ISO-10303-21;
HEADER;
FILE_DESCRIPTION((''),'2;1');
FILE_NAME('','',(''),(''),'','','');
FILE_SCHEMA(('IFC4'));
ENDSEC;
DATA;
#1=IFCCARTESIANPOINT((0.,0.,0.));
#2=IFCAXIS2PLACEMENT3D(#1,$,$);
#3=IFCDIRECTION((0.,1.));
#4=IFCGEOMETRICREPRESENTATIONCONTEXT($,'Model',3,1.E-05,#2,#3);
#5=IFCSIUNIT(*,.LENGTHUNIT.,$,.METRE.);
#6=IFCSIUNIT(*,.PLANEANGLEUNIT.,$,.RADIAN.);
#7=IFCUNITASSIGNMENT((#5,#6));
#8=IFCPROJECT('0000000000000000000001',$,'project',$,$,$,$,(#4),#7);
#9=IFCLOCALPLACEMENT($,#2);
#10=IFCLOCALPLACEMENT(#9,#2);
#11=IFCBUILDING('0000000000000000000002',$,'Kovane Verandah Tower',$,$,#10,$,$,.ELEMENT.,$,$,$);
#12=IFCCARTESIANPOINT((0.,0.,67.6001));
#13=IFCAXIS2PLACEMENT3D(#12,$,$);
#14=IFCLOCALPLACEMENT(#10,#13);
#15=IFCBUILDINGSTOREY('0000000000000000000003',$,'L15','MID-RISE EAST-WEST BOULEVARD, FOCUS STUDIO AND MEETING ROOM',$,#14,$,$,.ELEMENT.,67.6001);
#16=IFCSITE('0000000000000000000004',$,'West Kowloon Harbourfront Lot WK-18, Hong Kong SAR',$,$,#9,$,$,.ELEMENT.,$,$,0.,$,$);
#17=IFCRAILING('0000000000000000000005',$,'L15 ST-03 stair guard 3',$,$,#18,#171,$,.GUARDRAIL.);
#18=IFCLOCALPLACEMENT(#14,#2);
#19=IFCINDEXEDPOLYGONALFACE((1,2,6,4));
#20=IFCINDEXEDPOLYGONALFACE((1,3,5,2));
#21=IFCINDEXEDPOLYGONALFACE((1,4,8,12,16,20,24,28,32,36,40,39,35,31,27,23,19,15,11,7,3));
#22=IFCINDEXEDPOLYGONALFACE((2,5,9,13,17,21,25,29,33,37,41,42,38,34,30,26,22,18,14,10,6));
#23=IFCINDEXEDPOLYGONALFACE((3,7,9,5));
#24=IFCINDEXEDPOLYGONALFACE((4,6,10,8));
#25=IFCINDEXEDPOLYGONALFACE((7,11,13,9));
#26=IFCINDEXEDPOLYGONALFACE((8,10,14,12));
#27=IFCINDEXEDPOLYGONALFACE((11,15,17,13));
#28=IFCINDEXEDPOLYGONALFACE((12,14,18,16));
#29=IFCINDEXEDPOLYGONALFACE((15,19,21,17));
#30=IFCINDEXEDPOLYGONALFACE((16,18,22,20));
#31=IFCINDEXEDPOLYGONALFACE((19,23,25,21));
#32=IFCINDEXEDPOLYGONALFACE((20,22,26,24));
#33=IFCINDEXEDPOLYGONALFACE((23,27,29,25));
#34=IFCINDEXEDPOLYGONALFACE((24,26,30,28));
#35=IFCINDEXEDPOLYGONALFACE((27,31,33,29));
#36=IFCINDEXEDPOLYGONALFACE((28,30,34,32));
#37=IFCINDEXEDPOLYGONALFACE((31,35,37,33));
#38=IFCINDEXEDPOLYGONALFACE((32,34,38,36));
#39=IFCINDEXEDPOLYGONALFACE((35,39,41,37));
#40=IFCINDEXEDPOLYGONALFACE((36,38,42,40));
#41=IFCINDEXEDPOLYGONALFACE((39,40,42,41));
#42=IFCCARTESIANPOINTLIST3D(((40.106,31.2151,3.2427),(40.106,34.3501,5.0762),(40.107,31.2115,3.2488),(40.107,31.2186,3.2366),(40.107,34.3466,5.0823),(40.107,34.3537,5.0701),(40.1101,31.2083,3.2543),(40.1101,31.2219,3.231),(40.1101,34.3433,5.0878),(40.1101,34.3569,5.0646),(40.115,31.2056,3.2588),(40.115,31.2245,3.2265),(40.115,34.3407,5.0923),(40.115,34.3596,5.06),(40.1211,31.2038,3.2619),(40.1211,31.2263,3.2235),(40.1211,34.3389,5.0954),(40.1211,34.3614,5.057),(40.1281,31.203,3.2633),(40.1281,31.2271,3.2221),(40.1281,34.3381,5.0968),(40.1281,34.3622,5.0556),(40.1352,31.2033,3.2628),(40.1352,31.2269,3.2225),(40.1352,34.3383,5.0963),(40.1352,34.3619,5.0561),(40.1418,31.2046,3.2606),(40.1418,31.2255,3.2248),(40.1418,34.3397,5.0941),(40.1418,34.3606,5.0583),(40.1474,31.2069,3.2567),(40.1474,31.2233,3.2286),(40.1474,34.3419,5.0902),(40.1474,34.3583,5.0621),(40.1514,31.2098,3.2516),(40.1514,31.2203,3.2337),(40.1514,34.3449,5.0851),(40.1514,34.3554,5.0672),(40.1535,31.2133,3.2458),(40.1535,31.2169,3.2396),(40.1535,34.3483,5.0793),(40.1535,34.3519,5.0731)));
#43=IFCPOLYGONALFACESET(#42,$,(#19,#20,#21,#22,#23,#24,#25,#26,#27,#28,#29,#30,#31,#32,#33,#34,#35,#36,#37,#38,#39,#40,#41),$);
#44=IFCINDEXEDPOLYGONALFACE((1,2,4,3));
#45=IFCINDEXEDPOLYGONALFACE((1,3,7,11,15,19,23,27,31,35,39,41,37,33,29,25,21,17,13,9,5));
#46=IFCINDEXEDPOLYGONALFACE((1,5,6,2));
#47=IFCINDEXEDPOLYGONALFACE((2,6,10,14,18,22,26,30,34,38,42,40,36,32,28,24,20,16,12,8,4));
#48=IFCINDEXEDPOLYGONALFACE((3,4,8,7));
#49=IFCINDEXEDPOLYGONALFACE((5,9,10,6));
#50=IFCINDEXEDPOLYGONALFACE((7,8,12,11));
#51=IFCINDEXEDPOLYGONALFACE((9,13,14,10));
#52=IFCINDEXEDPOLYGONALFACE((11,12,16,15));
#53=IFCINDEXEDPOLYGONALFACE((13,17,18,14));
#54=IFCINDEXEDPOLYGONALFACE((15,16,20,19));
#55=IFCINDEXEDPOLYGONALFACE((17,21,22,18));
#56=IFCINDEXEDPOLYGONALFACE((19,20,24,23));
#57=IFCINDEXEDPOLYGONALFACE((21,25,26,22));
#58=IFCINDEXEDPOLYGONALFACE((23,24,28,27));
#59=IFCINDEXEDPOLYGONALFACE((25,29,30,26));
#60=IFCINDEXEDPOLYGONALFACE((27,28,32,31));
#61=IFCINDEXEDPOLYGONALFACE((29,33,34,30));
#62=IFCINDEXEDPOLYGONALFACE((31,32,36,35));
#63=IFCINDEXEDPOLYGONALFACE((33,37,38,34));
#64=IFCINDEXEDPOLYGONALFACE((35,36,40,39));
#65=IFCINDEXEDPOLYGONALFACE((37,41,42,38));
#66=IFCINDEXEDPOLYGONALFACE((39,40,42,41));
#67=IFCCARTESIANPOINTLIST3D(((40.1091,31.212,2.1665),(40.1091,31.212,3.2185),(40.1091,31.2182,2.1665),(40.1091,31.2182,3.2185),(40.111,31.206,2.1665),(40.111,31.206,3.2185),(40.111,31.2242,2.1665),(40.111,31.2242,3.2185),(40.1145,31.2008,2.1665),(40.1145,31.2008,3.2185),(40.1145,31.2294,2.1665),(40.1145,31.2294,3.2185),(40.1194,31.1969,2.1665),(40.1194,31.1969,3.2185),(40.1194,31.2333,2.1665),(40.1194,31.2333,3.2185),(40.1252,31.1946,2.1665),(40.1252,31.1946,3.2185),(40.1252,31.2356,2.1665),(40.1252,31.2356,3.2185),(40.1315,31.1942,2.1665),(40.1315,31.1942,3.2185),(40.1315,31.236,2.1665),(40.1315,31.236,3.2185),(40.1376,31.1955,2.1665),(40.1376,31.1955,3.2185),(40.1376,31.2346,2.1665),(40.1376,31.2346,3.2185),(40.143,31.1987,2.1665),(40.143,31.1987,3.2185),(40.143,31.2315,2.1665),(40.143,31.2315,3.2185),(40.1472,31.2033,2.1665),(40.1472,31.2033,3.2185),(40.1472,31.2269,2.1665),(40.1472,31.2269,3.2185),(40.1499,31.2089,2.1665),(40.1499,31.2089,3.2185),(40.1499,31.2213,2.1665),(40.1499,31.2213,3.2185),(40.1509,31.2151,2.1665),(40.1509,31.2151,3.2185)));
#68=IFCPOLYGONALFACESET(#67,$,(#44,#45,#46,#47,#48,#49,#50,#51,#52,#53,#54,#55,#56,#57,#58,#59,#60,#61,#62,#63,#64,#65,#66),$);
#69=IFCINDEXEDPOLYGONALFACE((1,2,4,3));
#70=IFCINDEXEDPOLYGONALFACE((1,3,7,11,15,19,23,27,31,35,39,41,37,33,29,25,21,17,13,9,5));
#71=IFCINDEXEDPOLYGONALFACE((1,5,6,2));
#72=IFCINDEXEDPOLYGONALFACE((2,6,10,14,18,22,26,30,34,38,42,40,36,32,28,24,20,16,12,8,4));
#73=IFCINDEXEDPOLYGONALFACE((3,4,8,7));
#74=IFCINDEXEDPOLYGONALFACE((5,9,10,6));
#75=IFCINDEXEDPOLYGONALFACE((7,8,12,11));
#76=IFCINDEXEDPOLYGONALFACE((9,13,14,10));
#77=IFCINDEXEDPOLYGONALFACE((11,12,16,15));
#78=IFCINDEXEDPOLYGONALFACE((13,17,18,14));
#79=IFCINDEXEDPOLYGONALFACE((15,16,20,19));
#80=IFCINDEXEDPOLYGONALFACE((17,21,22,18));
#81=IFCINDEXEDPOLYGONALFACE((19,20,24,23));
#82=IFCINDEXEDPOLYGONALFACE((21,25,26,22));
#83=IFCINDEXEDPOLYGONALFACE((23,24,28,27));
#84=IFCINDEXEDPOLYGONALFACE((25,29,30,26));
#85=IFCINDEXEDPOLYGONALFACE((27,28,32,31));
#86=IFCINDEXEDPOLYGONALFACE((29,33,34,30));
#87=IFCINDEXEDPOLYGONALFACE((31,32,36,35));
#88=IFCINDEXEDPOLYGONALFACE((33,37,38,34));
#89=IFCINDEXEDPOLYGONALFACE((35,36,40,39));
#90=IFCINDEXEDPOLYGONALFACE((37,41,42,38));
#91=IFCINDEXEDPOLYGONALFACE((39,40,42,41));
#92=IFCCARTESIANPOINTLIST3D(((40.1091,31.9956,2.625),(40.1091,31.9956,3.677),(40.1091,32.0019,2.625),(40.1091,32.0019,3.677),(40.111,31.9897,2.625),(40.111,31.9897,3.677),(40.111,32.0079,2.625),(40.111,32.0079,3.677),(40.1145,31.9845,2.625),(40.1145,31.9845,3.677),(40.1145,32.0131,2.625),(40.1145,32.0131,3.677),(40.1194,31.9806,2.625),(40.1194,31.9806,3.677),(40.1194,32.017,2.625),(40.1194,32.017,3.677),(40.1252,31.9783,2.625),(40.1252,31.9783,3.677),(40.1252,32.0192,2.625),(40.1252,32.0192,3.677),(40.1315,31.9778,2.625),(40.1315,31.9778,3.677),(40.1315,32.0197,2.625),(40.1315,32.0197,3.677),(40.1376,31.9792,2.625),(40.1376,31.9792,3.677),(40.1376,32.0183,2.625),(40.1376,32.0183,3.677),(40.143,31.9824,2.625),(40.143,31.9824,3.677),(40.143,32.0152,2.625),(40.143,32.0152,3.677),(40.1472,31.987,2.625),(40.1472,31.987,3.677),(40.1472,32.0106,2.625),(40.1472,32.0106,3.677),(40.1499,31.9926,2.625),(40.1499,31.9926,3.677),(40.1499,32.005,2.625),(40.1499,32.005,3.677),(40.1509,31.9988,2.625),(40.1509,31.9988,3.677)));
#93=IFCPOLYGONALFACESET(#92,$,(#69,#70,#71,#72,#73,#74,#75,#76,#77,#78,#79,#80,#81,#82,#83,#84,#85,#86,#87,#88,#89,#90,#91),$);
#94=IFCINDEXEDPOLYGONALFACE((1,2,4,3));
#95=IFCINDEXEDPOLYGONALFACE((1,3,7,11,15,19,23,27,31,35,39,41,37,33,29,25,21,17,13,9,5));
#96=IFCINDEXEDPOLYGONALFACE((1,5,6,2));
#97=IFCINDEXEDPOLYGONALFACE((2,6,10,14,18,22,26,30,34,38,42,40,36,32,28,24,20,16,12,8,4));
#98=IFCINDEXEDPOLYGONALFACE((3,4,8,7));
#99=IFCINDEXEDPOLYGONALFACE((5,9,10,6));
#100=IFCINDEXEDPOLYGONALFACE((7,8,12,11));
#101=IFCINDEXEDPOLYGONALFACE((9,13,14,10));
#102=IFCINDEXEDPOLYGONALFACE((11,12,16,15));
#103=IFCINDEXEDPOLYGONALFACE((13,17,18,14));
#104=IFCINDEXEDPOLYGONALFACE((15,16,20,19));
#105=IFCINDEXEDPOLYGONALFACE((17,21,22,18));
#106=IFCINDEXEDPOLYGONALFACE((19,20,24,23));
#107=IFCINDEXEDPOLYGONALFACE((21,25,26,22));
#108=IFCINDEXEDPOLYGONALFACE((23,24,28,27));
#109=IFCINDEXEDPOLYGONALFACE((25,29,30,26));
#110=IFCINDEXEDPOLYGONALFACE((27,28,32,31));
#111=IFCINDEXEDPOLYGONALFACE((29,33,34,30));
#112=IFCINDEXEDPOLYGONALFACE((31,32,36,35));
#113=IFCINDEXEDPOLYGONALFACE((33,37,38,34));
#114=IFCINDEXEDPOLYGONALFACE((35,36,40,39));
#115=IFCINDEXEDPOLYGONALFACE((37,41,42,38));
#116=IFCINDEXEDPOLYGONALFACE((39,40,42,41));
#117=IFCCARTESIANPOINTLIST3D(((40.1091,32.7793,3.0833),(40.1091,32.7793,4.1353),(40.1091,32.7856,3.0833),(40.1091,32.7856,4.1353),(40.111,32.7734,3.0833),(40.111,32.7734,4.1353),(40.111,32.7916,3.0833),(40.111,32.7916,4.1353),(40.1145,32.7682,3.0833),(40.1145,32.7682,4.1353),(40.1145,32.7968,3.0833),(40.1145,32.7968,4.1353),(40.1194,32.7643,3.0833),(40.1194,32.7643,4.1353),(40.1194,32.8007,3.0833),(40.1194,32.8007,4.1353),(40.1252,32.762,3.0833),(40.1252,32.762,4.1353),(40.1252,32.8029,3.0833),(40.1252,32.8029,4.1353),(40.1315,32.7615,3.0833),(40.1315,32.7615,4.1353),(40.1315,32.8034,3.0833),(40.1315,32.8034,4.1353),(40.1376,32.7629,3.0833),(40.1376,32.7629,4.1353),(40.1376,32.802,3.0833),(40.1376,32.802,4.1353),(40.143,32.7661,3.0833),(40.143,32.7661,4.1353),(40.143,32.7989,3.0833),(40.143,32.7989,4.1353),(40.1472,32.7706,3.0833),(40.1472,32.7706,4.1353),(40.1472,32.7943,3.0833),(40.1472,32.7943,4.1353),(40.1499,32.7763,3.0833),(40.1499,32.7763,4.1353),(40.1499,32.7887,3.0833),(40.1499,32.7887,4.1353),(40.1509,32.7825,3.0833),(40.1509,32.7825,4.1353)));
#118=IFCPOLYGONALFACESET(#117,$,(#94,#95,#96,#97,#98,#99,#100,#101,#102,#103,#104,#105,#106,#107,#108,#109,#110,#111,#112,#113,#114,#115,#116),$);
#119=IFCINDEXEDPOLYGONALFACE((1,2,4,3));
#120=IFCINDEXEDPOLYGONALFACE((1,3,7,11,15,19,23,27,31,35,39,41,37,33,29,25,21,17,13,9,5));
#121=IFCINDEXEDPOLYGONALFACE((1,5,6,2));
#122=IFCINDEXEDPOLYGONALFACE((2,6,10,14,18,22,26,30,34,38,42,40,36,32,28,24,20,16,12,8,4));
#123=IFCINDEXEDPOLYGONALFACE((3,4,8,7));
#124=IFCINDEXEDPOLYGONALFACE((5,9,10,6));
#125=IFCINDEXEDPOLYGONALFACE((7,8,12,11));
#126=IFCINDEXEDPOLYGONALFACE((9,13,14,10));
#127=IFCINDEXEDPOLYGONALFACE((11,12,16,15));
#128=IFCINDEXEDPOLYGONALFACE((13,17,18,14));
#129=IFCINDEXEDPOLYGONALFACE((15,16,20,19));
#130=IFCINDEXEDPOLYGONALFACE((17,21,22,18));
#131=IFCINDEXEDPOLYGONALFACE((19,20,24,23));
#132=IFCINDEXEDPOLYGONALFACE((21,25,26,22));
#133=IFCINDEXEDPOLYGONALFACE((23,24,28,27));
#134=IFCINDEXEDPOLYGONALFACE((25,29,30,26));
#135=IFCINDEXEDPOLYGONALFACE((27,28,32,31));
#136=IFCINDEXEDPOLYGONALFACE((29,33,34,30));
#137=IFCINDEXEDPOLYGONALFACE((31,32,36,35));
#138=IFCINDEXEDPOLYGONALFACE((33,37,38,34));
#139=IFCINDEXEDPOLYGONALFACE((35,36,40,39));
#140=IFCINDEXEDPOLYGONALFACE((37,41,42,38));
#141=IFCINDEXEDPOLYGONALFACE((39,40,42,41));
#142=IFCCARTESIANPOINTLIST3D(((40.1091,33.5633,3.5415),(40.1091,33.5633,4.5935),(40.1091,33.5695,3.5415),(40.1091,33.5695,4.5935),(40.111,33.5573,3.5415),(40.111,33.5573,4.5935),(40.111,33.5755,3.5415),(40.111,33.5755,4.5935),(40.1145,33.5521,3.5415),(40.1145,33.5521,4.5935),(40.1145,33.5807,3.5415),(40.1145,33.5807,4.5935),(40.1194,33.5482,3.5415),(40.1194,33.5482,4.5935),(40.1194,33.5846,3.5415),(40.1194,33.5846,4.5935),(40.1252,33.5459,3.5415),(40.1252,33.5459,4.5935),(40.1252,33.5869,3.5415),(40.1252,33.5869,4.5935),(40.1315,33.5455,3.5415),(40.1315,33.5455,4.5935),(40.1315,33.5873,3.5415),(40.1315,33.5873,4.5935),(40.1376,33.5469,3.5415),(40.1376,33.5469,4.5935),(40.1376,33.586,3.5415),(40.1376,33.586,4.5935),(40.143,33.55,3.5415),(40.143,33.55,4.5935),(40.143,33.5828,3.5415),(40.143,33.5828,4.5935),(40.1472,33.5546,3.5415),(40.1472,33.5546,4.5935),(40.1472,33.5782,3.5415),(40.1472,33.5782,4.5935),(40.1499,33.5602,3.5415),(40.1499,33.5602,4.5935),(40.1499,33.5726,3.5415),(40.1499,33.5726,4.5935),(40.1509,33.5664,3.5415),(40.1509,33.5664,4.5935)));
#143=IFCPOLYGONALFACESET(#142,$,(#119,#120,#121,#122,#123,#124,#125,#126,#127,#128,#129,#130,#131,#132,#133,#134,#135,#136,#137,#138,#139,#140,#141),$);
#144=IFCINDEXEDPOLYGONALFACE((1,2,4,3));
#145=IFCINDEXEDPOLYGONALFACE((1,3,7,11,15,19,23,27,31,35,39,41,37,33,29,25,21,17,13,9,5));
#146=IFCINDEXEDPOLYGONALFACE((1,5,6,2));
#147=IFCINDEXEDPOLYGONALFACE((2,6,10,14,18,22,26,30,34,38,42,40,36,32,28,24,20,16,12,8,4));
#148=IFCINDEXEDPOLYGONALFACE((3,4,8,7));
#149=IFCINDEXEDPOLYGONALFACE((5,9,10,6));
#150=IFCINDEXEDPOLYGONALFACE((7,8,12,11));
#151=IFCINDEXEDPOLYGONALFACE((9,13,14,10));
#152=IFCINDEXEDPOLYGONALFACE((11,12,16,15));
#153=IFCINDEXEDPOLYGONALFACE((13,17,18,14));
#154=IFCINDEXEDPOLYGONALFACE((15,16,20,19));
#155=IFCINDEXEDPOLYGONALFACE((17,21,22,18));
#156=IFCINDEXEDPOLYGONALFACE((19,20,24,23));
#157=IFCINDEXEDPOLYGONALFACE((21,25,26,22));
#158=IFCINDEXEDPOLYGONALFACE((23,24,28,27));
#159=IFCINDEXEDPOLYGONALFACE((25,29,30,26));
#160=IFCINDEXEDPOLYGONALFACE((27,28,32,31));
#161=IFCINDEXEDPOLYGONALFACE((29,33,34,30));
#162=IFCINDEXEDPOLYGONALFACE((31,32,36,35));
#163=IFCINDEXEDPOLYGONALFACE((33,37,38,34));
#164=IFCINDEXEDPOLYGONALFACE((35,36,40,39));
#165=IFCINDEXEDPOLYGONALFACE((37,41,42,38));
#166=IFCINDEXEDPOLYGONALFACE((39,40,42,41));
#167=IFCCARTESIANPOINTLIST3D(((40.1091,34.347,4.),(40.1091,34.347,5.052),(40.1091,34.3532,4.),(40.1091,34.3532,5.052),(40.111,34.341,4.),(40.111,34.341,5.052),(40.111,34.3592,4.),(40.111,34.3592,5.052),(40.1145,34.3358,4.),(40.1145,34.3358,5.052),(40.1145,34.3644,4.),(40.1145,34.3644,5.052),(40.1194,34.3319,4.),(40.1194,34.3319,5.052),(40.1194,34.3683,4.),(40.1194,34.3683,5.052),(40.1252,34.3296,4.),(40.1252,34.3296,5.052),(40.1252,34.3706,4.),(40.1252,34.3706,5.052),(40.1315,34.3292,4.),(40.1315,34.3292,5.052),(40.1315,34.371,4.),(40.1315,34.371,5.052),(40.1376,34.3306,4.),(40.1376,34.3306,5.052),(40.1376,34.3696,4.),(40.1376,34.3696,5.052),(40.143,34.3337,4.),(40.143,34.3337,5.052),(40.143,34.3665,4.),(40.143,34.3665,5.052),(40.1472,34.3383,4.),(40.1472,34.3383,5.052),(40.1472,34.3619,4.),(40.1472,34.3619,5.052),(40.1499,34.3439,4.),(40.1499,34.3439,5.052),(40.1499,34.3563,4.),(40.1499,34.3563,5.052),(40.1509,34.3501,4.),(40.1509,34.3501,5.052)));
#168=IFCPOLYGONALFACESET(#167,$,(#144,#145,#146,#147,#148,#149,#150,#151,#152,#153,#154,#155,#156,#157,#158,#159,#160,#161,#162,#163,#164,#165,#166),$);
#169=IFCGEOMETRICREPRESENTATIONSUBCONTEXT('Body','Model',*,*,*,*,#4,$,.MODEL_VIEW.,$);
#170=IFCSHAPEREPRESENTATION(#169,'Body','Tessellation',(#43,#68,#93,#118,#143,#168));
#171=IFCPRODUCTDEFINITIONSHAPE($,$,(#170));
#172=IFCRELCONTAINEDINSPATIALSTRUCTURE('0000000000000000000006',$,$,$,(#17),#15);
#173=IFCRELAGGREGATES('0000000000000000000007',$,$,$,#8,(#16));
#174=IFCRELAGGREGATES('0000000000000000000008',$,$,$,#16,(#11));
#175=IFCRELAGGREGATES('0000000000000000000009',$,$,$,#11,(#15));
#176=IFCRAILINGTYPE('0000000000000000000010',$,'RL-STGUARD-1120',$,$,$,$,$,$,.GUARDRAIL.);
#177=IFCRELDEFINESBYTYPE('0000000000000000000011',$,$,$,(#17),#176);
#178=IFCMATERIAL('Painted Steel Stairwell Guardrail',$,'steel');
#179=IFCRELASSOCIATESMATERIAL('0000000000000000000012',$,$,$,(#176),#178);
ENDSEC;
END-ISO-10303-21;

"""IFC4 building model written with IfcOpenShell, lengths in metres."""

from ifc_helpers import new_model, si_unit, direction, frame, origin, origin_2d, place, context, subcontext, project, spatial, circle, extrude, material, type_object, element, save


model = new_model("IFC4")

# Units and contexts
model_context = context("Model", 3, precision=1e-05, world=origin(), true_north=direction((0.0, 1.0)))
body_context = subcontext(model_context, "Body", "Model", "MODEL_VIEW")
ifc_project = project(units=[si_unit("LENGTHUNIT", "METRE"), si_unit("PLANEANGLEUNIT", "RADIAN")], contexts=[model_context])

# Site, building, storey
site_placement = place(None, origin())
site = spatial("IfcSite", under=ifc_project, at=site_placement, Name="West Kowloon Harbourfront Lot WK-18, Hong Kong SAR", CompositionType="ELEMENT", RefElevation=0.0)
building_placement = place(site_placement, origin())
building = spatial("IfcBuilding", under=site, at=building_placement, Name="Kovane Verandah Tower", CompositionType="ELEMENT")
storey_placement = place(building_placement, frame((0.0, 0.0, 67.6001)))
storey = spatial("IfcBuildingStorey", under=building, at=storey_placement, Name="L15", Description="MID-RISE EAST-WEST BOULEVARD, FOCUS STUDIO AND MEETING ROOM", CompositionType="ELEMENT", Elevation=67.6001)

# Railing
ifc_material_1 = material(Name="Painted Steel Stairwell Guardrail", Category="steel")
railing_type_1 = type_object("IfcRailingType", Name="RL-STGUARD-1120", PredefinedType="GUARDRAIL", material=ifc_material_1)
railing_1_placement = place(storey_placement, frame((40.1299, 31.2151, 2.1665)))
element("IfcRailing", 1, at=railing_1_placement, inside=storey, type_object=railing_type_1, Name="L15 ST-03 stair guard 3", PredefinedType="GUARDRAIL", context=body_context, shape_type="SweptSolid", body=[
    extrude(circle(Radius=0.0239, at=origin_2d()), frame((0.0, 0.0, 1.0762), z_axis=(0.0, 0.86321, 0.504845), x_axis=(-1.0, 0.0, 0.0)), (0.0, 0.0, 1.0), 3.6318),
    extrude(circle(Radius=0.021, at=origin_2d()), origin(), (0.0, 0.0, 1.0), 1.052),
    extrude(circle(Radius=0.021, at=origin_2d()), frame((0.0, 0.7837, 0.4585)), (0.0, 0.0, 1.0), 1.052),
    extrude(circle(Radius=0.021, at=origin_2d()), frame((0.0, 1.5674, 0.9167)), (0.0, 0.0, 1.0), 1.052),
    extrude(circle(Radius=0.021, at=origin_2d()), frame((0.0, 2.3513, 1.375)), (0.0, 0.0, 1.0), 1.052),
    extrude(circle(Radius=0.021, at=origin_2d()), frame((0.0, 3.135, 1.8335)), (0.0, 0.0, 1.0), 1.052),
])

save(model, "model.ifc")
